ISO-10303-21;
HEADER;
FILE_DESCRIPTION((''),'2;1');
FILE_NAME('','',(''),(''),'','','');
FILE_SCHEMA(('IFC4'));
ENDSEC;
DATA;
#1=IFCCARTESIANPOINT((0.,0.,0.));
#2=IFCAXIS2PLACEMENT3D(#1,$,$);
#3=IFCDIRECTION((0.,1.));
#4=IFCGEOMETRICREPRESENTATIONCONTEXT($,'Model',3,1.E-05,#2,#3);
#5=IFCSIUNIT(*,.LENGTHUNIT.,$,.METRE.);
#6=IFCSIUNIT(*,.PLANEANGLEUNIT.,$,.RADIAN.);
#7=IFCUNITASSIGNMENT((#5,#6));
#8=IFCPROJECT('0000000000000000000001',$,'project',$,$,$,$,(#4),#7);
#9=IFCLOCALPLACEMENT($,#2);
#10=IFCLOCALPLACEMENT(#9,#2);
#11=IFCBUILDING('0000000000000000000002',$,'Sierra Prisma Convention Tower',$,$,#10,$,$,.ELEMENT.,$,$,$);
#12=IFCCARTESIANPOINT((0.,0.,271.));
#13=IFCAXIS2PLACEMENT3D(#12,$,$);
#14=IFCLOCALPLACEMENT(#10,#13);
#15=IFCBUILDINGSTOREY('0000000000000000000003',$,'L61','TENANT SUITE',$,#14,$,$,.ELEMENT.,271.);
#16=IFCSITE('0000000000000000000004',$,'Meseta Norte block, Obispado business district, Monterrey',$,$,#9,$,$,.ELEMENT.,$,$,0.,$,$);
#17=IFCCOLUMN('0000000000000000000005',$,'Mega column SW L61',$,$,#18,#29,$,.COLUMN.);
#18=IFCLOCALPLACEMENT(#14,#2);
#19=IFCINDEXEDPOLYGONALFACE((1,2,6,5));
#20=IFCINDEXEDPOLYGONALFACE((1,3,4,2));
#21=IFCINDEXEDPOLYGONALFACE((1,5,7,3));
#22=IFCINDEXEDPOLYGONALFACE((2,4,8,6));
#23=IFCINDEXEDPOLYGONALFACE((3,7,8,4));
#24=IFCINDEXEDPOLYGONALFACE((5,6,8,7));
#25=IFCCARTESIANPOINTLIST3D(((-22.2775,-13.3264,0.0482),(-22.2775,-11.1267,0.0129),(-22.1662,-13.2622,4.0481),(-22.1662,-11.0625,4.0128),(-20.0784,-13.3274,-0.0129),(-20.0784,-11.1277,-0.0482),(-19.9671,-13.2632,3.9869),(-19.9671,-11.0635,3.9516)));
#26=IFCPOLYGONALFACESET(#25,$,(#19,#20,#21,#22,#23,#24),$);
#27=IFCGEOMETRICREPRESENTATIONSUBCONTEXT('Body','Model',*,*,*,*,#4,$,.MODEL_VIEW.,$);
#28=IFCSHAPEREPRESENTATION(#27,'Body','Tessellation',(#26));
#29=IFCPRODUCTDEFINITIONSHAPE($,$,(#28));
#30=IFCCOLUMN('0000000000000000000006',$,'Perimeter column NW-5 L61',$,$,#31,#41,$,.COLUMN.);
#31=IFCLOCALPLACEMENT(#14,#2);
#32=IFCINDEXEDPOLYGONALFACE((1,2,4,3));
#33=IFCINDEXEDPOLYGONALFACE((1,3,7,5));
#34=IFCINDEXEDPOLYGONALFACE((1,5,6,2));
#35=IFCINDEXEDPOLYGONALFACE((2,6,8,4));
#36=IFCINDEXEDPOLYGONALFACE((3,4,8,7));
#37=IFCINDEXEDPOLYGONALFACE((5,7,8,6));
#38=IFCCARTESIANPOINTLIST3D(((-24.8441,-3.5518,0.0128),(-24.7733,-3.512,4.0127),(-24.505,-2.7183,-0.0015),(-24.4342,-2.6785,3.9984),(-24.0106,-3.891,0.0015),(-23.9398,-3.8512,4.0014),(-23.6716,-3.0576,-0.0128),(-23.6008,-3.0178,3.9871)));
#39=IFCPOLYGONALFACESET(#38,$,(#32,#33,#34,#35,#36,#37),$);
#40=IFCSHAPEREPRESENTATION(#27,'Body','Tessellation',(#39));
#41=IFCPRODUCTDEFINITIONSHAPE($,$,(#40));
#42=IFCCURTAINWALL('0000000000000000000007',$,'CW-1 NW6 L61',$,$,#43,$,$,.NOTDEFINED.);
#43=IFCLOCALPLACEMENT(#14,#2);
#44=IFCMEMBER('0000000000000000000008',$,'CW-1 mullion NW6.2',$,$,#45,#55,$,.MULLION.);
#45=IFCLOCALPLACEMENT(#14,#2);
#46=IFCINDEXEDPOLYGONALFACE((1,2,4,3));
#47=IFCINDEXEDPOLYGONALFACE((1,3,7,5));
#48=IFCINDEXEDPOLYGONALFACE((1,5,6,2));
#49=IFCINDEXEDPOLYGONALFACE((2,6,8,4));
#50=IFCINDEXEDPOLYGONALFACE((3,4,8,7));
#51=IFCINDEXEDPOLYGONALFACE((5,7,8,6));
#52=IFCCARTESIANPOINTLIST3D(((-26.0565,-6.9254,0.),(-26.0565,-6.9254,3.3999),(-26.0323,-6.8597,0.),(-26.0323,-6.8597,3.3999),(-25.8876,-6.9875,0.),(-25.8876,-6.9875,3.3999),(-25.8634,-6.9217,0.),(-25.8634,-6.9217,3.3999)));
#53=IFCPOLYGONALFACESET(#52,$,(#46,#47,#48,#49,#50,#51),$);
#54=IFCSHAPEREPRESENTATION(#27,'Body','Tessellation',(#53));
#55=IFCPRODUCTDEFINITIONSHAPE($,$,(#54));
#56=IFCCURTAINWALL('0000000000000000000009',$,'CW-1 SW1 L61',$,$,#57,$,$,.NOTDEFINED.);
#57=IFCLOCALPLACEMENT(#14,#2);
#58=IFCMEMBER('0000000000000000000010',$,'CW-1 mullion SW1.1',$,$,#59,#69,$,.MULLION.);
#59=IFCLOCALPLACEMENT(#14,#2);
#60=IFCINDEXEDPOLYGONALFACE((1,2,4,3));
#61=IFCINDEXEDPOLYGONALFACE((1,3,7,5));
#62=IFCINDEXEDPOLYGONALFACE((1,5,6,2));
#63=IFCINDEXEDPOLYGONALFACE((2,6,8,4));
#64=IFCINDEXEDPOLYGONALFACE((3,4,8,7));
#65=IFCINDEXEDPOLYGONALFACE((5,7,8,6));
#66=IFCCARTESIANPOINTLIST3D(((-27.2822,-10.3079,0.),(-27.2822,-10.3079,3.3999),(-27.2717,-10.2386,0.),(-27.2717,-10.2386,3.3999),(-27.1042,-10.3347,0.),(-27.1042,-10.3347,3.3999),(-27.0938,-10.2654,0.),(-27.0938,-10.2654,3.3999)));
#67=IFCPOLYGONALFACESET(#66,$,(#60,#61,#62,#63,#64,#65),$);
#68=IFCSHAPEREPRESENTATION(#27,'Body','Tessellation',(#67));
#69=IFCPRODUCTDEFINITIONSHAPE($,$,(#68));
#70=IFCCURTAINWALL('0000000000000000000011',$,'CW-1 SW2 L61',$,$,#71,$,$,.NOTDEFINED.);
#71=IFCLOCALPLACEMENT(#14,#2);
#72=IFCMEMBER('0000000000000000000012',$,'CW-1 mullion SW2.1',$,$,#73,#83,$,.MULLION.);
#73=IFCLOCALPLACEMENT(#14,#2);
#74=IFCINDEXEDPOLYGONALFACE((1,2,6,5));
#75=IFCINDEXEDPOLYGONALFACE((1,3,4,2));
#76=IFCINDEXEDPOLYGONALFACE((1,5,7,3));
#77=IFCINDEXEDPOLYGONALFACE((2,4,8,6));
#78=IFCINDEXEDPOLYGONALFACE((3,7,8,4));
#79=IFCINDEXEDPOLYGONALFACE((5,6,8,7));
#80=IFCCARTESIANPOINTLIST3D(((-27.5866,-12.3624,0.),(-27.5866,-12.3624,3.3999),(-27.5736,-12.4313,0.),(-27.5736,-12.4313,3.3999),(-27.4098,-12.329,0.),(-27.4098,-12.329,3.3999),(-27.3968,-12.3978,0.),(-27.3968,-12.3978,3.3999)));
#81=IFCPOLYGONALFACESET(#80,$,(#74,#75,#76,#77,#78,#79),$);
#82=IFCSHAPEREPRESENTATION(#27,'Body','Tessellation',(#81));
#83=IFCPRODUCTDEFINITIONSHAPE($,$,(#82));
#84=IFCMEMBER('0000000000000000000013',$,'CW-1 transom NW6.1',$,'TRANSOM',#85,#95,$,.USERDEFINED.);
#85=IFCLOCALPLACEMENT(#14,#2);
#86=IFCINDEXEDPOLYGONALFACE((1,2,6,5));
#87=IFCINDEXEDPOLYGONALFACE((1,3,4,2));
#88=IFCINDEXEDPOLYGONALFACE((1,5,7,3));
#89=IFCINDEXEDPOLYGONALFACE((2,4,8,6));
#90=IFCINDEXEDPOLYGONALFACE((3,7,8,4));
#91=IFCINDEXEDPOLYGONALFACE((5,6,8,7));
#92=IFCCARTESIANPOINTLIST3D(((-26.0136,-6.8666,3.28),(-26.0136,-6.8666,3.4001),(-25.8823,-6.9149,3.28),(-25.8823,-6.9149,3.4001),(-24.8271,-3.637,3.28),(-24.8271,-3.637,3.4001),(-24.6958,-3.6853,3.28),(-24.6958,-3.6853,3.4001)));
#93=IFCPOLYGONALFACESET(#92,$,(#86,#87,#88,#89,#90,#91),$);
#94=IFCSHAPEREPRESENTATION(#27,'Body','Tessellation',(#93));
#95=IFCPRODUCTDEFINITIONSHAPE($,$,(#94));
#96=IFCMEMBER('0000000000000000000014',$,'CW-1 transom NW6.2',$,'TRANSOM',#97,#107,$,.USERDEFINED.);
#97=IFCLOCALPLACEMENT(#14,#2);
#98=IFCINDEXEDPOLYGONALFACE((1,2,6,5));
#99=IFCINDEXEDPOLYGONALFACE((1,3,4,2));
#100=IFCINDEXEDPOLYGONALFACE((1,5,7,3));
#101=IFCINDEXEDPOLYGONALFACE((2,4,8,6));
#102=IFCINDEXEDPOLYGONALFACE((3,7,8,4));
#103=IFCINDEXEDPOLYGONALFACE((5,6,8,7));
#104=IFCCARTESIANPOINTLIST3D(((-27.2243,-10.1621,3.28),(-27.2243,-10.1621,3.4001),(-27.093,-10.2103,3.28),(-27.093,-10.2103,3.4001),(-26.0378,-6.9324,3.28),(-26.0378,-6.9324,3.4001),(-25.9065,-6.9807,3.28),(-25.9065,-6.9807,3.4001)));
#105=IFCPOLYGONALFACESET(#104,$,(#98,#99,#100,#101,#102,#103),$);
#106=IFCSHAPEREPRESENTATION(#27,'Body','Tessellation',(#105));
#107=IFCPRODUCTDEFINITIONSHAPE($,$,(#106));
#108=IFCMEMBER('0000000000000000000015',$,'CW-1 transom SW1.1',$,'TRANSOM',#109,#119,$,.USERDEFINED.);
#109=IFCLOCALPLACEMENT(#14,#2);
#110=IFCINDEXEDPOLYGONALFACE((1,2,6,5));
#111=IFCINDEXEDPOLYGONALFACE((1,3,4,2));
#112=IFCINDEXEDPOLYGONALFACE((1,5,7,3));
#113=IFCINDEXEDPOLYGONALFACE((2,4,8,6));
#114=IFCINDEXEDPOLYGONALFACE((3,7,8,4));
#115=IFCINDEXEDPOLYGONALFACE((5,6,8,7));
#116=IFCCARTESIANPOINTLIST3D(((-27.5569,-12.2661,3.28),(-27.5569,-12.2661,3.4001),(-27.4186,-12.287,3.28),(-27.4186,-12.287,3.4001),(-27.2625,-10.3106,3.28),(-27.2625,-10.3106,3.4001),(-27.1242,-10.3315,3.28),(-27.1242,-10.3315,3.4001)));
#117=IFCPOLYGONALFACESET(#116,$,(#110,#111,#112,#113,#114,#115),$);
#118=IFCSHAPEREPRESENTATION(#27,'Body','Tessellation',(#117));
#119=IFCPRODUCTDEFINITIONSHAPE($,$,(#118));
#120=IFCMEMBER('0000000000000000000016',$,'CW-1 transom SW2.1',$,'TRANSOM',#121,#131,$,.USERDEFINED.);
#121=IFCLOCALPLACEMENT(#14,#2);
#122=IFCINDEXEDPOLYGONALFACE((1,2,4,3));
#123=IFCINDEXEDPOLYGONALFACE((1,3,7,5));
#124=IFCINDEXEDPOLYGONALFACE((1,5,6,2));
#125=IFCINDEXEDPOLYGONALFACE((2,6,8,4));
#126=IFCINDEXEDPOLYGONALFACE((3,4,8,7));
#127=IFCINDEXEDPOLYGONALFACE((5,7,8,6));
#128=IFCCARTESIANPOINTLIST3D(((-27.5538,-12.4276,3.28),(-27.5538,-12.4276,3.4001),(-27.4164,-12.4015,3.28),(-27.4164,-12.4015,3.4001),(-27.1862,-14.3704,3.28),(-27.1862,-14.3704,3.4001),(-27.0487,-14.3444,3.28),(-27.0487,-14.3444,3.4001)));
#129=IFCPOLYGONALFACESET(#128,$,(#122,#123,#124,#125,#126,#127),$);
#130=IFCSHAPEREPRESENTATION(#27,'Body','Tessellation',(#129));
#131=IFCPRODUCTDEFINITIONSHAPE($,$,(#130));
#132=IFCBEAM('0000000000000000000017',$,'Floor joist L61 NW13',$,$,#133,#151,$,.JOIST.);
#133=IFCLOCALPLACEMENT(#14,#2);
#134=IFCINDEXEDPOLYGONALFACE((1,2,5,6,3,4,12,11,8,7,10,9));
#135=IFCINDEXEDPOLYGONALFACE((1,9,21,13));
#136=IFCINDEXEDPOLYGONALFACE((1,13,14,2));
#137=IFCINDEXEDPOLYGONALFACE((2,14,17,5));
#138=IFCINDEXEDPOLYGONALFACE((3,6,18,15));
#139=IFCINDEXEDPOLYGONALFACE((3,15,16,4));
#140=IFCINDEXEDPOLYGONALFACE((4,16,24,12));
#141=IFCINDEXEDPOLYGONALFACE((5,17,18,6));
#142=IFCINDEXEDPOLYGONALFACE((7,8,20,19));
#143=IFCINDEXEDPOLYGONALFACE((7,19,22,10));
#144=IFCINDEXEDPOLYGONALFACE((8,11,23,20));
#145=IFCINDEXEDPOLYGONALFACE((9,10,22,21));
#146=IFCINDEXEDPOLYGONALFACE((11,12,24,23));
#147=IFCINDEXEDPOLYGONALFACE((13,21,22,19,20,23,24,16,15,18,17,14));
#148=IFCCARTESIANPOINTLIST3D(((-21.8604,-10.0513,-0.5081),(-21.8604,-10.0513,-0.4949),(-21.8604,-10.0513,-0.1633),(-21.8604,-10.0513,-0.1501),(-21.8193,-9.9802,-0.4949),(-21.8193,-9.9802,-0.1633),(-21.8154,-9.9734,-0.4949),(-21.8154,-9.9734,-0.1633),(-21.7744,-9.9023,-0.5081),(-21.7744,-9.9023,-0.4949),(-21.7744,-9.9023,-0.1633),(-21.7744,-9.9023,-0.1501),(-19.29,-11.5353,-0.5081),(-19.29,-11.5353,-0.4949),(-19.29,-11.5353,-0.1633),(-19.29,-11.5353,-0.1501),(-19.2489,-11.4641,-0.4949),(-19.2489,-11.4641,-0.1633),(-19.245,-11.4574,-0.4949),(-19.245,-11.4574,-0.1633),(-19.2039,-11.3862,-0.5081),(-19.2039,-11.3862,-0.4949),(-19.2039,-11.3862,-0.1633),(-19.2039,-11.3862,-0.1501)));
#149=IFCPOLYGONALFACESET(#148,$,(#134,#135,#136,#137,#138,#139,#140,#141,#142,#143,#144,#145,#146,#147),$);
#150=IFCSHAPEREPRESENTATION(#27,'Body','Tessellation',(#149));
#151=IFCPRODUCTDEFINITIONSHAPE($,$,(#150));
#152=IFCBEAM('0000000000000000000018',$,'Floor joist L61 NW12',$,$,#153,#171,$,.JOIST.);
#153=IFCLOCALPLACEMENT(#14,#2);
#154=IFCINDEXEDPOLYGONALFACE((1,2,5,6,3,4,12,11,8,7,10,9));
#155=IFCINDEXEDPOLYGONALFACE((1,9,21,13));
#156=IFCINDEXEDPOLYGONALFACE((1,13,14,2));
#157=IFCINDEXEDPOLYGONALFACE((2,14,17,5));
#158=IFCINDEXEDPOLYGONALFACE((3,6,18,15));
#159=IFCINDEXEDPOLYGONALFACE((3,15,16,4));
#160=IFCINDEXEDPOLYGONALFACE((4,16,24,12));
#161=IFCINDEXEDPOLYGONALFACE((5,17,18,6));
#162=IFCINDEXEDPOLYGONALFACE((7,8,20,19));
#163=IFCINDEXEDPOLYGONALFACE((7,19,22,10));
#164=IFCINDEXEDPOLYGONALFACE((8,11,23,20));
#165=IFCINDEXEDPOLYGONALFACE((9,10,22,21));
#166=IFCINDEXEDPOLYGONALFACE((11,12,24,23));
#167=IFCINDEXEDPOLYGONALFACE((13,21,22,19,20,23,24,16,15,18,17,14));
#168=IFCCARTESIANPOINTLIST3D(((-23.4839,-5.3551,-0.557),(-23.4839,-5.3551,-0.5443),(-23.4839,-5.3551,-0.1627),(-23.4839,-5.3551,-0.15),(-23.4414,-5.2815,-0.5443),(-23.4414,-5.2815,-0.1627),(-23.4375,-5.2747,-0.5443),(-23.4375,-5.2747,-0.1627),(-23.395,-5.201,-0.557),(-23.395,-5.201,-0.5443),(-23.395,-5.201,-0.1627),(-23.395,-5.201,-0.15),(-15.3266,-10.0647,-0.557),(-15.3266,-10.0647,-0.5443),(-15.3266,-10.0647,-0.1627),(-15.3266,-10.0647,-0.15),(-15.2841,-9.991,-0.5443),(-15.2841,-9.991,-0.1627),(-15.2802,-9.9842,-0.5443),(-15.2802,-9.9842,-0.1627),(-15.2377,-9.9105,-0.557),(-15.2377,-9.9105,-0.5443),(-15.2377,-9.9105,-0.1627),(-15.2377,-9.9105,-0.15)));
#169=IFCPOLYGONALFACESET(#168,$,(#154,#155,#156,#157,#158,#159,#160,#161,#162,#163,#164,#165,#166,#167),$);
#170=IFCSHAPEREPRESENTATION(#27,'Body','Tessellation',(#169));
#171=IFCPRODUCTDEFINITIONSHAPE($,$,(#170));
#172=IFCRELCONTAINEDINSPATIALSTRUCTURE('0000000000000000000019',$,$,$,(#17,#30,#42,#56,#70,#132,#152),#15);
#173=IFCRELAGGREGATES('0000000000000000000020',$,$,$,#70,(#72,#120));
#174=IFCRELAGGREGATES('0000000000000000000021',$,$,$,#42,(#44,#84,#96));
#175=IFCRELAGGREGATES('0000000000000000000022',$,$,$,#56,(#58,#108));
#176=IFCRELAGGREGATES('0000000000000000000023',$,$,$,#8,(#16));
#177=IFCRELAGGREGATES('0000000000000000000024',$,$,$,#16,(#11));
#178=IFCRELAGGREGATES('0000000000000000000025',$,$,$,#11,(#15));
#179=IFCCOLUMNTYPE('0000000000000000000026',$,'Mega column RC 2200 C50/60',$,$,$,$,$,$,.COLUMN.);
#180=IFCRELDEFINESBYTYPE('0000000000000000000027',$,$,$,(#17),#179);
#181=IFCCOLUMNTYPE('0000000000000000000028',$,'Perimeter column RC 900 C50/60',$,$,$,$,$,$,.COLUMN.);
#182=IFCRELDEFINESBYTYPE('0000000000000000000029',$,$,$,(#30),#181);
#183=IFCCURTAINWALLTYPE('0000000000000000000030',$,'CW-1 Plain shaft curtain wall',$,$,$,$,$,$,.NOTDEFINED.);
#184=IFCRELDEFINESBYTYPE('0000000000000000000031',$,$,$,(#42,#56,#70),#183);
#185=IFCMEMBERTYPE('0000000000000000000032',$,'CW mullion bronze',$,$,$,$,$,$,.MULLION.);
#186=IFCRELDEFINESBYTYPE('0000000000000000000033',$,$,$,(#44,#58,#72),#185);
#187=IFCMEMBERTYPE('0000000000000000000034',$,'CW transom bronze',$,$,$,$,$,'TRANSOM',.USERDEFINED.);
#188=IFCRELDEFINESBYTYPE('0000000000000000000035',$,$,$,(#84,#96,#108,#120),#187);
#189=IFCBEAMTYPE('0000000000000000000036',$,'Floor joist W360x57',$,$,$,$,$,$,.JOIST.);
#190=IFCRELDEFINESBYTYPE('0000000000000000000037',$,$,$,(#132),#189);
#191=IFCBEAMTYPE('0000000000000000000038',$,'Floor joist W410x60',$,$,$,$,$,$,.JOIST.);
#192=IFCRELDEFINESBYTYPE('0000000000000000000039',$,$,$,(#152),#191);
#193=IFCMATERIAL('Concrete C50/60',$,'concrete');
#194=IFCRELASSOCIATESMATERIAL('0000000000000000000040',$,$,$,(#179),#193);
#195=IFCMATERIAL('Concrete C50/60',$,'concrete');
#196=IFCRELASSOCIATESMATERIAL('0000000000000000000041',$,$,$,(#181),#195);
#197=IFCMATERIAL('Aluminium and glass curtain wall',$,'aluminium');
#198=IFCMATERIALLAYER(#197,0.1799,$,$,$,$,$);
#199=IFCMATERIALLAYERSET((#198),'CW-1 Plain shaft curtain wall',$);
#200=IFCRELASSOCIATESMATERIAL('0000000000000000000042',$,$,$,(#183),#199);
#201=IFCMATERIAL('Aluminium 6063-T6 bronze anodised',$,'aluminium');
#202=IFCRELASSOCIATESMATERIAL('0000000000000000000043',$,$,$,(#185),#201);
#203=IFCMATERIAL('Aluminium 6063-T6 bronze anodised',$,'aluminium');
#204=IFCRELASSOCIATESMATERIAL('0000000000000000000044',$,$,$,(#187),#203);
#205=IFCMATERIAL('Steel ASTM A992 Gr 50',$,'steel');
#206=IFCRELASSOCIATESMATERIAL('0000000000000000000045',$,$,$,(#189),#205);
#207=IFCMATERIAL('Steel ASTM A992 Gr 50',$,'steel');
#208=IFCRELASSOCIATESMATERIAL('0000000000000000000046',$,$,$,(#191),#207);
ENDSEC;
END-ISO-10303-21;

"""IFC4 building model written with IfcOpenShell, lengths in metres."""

from ifc_helpers import new_model, si_unit, direction, frame, origin, origin_2d, place, context, subcontext, project, spatial, rectangle, i_section, extrude, material, layer, layer_set, material_profile, profile_set, type_object, element, aggregate, save


model = new_model("IFC4")

# Units and contexts
model_context = context("Model", 3, precision=1e-05, world=origin(), true_north=direction((0.0, 1.0)))
body_context = subcontext(model_context, "Body", "Model", "MODEL_VIEW")
ifc_project = project(units=[si_unit("LENGTHUNIT", "METRE"), si_unit("PLANEANGLEUNIT", "RADIAN")], contexts=[model_context])

# Site, building, storey
site_placement = place(None, origin())
site = spatial("IfcSite", under=ifc_project, at=site_placement, Name="Meseta Norte block, Obispado business district, Monterrey", CompositionType="ELEMENT", RefElevation=0.0)
building_placement = place(site_placement, origin())
building = spatial("IfcBuilding", under=site, at=building_placement, Name="Sierra Prisma Convention Tower", CompositionType="ELEMENT")
storey_placement = place(building_placement, frame((0.0, 0.0, 271.0)))
storey = spatial("IfcBuildingStorey", under=building, at=storey_placement, Name="L61", Description="TENANT SUITE", CompositionType="ELEMENT", Elevation=271.0)

# Columns
ifc_material_1 = material(Name="Concrete C50/60", Category="concrete")
ifc_material_profile_1 = material_profile(ifc_material_1, rectangle(XDim=2.2, YDim=2.2, at=origin_2d()), Name="Mega column RC 2200 C50/60")
ifc_profile_set_1 = profile_set([ifc_material_profile_1], Name="Concrete C50/60")
column_type_1 = type_object("IfcColumnType", Name="Mega column RC 2200 C50/60", PredefinedType="COLUMN", material=ifc_profile_set_1)
column_1_placement = place(storey_placement, frame((-21.178, -12.2271, 0.0), z_axis=(0.027818, 0.016044, 0.999484), x_axis=(0.999613, -0.000446, -0.027814)))
element("IfcColumn", 1, at=column_1_placement, inside=storey, type_object=column_type_1, Name="Mega column SW L61", PredefinedType="COLUMN", context=body_context, shape_type="SweptSolid", body=[
    extrude(rectangle(XDim=2.2, YDim=2.2, at=origin_2d()), origin(), (0.0, 0.0, 1.0), 4.002),
])
ifc_material_2 = material(Name="Concrete C50/60", Category="concrete")
ifc_material_profile_2 = material_profile(ifc_material_2, rectangle(XDim=0.8999, YDim=0.8999, at=origin_2d()), Name="Perimeter column RC 900 C50/60")
ifc_profile_set_2 = profile_set([ifc_material_profile_2], Name="Concrete C50/60")
column_type_2 = type_object("IfcColumnType", Name="Perimeter column RC 900 C50/60", PredefinedType="COLUMN", material=ifc_profile_set_2)
column_2_placement = place(storey_placement, frame((-24.2578, -3.3047, 0.0), z_axis=(0.017697, 0.009947, 0.999794), x_axis=(0.37678, 0.926167, -0.015883)))
element("IfcColumn", 2, at=column_2_placement, inside=storey, type_object=column_type_2, Name="Perimeter column NW-5 L61", PredefinedType="COLUMN", context=body_context, shape_type="SweptSolid", body=[
    extrude(rectangle(XDim=0.8999, YDim=0.8999, at=origin_2d()), origin(), (0.0, 0.0, 1.0), 4.0007),
])

# Curtain walls, members
ifc_material_3 = material(Name="Aluminium and glass curtain wall", Category="aluminium")
ifc_layer_1 = layer(ifc_material_3, 0.1799)
ifc_layer_set_1 = layer_set([ifc_layer_1], Name="CW-1 Plain shaft curtain wall")
curtain_wall_type = type_object("IfcCurtainWallType", Name="CW-1 Plain shaft curtain wall", PredefinedType="NOTDEFINED", material=ifc_layer_set_1)
curtain_wall_1_placement = place(storey_placement, origin())
curtain_wall_1 = element("IfcCurtainWall", 3, at=curtain_wall_1_placement, inside=storey, type_object=curtain_wall_type, Name="CW-1 NW6 L61", PredefinedType="NOTDEFINED")
ifc_material_4 = material(Name="Aluminium 6063-T6 bronze anodised", Category="aluminium")
ifc_material_profile_3 = material_profile(ifc_material_4, rectangle(XDim=0.1799, YDim=0.0701, at=origin_2d()), Name="ALU MULLION 70x180")
ifc_profile_set_3 = profile_set([ifc_material_profile_3], Name="Aluminium 6063-T6 bronze anodised")
member_type_1 = type_object("IfcMemberType", Name="CW mullion bronze", PredefinedType="MULLION", material=ifc_profile_set_3)
member_1_placement = place(storey_placement, frame((-25.96, -6.9236, 0.0), z_axis=(0.0, 0.0, 1.0), x_axis=(0.938659, -0.344847, 0.0)))
member_1 = element("IfcMember", 4, at=member_1_placement, type_object=member_type_1, Name="CW-1 mullion NW6.2", PredefinedType="MULLION", context=body_context, shape_type="SweptSolid", body=[
    extrude(rectangle(XDim=0.1799, YDim=0.0701, at=origin_2d()), origin(), (0.0, 0.0, 1.0), 3.3999),
])
curtain_wall_2_placement = place(storey_placement, origin())
curtain_wall_2 = element("IfcCurtainWall", 5, at=curtain_wall_2_placement, inside=storey, type_object=curtain_wall_type, Name="CW-1 SW1 L61", PredefinedType="NOTDEFINED")
member_2_placement = place(storey_placement, frame((-27.188, -10.2866, 0.0), z_axis=(0.0, 0.0, 1.0), x_axis=(0.988846, -0.148941, 0.0)))
member_2 = element("IfcMember", 6, at=member_2_placement, type_object=member_type_1, Name="CW-1 mullion SW1.1", PredefinedType="MULLION", context=body_context, shape_type="SweptSolid", body=[
    extrude(rectangle(XDim=0.1799, YDim=0.0701, at=origin_2d()), origin(), (0.0, 0.0, 1.0), 3.3999),
])
curtain_wall_3_placement = place(storey_placement, origin())
curtain_wall_3 = element("IfcCurtainWall", 7, at=curtain_wall_3_placement, inside=storey, type_object=curtain_wall_type, Name="CW-1 SW2 L61", PredefinedType="NOTDEFINED")
member_3_placement = place(storey_placement, frame((-27.4917, -12.3801, 0.0), z_axis=(0.0, 0.0, 1.0), x_axis=(0.982557, 0.185962, 0.0)))
member_3 = element("IfcMember", 8, at=member_3_placement, type_object=member_type_1, Name="CW-1 mullion SW2.1", PredefinedType="MULLION", context=body_context, shape_type="SweptSolid", body=[
    extrude(rectangle(XDim=0.1799, YDim=0.0701, at=origin_2d()), origin(), (0.0, 0.0, 1.0), 3.3999),
])

# Members
ifc_material_5 = material(Name="Aluminium 6063-T6 bronze anodised", Category="aluminium")
ifc_material_profile_4 = material_profile(ifc_material_5, rectangle(XDim=0.1399, YDim=0.1201, at=origin_2d()), Name="ALU TRANSOM 120x140")
ifc_profile_set_4 = profile_set([ifc_material_profile_4], Name="Aluminium 6063-T6 bronze anodised")
member_type_2 = type_object("IfcMemberType", Name="CW transom bronze", ElementType="TRANSOM", PredefinedType="USERDEFINED", material=ifc_profile_set_4)
member_4_placement = place(storey_placement, frame((-24.7615, -3.6611, 3.3401), z_axis=(-0.34484, -0.938661, 0.0), x_axis=(0.938661, -0.34484, 0.0)))
member_4 = element("IfcMember", 9, at=member_4_placement, type_object=member_type_2, Name="CW-1 transom NW6.1", ObjectType="TRANSOM", PredefinedType="USERDEFINED", context=body_context, shape_type="SweptSolid", body=[
    extrude(rectangle(XDim=0.1399, YDim=0.1201, at=origin_2d()), origin(), (0.0, 0.0, 1.0), 3.4407),
])
member_5_placement = place(storey_placement, frame((-25.9722, -6.9565, 3.3401), z_axis=(-0.34484, -0.938661, 0.0), x_axis=(0.938661, -0.34484, 0.0)))
member_5 = element("IfcMember", 10, at=member_5_placement, type_object=member_type_2, Name="CW-1 transom NW6.2", ObjectType="TRANSOM", PredefinedType="USERDEFINED", context=body_context, shape_type="SweptSolid", body=[
    extrude(rectangle(XDim=0.1399, YDim=0.1201, at=origin_2d()), origin(), (0.0, 0.0, 1.0), 3.4407),
])
member_6_placement = place(storey_placement, frame((-27.1934, -10.321, 3.3401), z_axis=(-0.148884, -0.988855, 0.0), x_axis=(0.988855, -0.148884, 0.0)))
member_6 = element("IfcMember", 11, at=member_6_placement, type_object=member_type_2, Name="CW-1 transom SW1.1", ObjectType="TRANSOM", PredefinedType="USERDEFINED", context=body_context, shape_type="SweptSolid", body=[
    extrude(rectangle(XDim=0.1399, YDim=0.1201, at=origin_2d()), origin(), (0.0, 0.0, 1.0), 1.9775),
])
member_7_placement = place(storey_placement, frame((-27.4851, -12.4146, 3.3401), z_axis=(0.185943, -0.98256, 0.0), x_axis=(0.98256, 0.185943, 0.0)))
member_7 = element("IfcMember", 12, at=member_7_placement, type_object=member_type_2, Name="CW-1 transom SW2.1", ObjectType="TRANSOM", PredefinedType="USERDEFINED", context=body_context, shape_type="SweptSolid", body=[
    extrude(rectangle(XDim=0.1399, YDim=0.1201, at=origin_2d()), origin(), (0.0, 0.0, 1.0), 1.9773),
])
aggregate(curtain_wall_3, [member_3, member_7])

# Beams
ifc_material_6 = material(Name="Steel ASTM A992 Gr 50", Category="steel")
ifc_material_profile_5 = material_profile(ifc_material_6, i_section(OverallWidth=0.1721, OverallDepth=0.3579, WebThickness=0.0078, FlangeThickness=0.0132, at=origin_2d()), Name="W360x57")
ifc_profile_set_5 = profile_set([ifc_material_profile_5], Name="Steel ASTM A992 Gr 50")
beam_type_1 = type_object("IfcBeamType", Name="Floor joist W360x57", PredefinedType="JOIST", material=ifc_profile_set_5)
beam_1_placement = place(storey_placement, frame((-21.8174, -9.9768, -0.3291), z_axis=(0.866038, -0.499979, 0.0), x_axis=(0.499979, 0.866038, 0.0)))
element("IfcBeam", 13, at=beam_1_placement, inside=storey, type_object=beam_type_1, Name="Floor joist L61 NW13", PredefinedType="JOIST", context=body_context, shape_type="SweptSolid", body=[
    extrude(i_section(OverallWidth=0.1721, OverallDepth=0.3579, WebThickness=0.0078, FlangeThickness=0.0132, at=origin_2d()), origin(), (0.0, 0.0, 1.0), 2.968),
])
ifc_material_7 = material(Name="Steel ASTM A992 Gr 50", Category="steel")
ifc_material_profile_6 = material_profile(ifc_material_7, i_section(OverallWidth=0.178, OverallDepth=0.407, WebThickness=0.0078, FlangeThickness=0.0127, at=origin_2d()), Name="W410x60")
ifc_profile_set_6 = profile_set([ifc_material_profile_6], Name="Steel ASTM A992 Gr 50")
beam_type_2 = type_object("IfcBeamType", Name="Floor joist W410x60", PredefinedType="JOIST", material=ifc_profile_set_6)
beam_2_placement = place(storey_placement, frame((-23.4395, -5.2781, -0.3535), z_axis=(0.86603, -0.499992, 0.0), x_axis=(0.499992, 0.86603, 0.0)))
element("IfcBeam", 14, at=beam_2_placement, inside=storey, type_object=beam_type_2, Name="Floor joist L61 NW12", PredefinedType="JOIST", context=body_context, shape_type="SweptSolid", body=[
    extrude(i_section(OverallWidth=0.178, OverallDepth=0.407, WebThickness=0.0078, FlangeThickness=0.0127, at=origin_2d()), origin(), (0.0, 0.0, 1.0), 9.4192),
])

aggregate(curtain_wall_1, [member_1, member_4, member_5])
aggregate(curtain_wall_2, [member_2, member_6])

save(model, "model.ifc")
